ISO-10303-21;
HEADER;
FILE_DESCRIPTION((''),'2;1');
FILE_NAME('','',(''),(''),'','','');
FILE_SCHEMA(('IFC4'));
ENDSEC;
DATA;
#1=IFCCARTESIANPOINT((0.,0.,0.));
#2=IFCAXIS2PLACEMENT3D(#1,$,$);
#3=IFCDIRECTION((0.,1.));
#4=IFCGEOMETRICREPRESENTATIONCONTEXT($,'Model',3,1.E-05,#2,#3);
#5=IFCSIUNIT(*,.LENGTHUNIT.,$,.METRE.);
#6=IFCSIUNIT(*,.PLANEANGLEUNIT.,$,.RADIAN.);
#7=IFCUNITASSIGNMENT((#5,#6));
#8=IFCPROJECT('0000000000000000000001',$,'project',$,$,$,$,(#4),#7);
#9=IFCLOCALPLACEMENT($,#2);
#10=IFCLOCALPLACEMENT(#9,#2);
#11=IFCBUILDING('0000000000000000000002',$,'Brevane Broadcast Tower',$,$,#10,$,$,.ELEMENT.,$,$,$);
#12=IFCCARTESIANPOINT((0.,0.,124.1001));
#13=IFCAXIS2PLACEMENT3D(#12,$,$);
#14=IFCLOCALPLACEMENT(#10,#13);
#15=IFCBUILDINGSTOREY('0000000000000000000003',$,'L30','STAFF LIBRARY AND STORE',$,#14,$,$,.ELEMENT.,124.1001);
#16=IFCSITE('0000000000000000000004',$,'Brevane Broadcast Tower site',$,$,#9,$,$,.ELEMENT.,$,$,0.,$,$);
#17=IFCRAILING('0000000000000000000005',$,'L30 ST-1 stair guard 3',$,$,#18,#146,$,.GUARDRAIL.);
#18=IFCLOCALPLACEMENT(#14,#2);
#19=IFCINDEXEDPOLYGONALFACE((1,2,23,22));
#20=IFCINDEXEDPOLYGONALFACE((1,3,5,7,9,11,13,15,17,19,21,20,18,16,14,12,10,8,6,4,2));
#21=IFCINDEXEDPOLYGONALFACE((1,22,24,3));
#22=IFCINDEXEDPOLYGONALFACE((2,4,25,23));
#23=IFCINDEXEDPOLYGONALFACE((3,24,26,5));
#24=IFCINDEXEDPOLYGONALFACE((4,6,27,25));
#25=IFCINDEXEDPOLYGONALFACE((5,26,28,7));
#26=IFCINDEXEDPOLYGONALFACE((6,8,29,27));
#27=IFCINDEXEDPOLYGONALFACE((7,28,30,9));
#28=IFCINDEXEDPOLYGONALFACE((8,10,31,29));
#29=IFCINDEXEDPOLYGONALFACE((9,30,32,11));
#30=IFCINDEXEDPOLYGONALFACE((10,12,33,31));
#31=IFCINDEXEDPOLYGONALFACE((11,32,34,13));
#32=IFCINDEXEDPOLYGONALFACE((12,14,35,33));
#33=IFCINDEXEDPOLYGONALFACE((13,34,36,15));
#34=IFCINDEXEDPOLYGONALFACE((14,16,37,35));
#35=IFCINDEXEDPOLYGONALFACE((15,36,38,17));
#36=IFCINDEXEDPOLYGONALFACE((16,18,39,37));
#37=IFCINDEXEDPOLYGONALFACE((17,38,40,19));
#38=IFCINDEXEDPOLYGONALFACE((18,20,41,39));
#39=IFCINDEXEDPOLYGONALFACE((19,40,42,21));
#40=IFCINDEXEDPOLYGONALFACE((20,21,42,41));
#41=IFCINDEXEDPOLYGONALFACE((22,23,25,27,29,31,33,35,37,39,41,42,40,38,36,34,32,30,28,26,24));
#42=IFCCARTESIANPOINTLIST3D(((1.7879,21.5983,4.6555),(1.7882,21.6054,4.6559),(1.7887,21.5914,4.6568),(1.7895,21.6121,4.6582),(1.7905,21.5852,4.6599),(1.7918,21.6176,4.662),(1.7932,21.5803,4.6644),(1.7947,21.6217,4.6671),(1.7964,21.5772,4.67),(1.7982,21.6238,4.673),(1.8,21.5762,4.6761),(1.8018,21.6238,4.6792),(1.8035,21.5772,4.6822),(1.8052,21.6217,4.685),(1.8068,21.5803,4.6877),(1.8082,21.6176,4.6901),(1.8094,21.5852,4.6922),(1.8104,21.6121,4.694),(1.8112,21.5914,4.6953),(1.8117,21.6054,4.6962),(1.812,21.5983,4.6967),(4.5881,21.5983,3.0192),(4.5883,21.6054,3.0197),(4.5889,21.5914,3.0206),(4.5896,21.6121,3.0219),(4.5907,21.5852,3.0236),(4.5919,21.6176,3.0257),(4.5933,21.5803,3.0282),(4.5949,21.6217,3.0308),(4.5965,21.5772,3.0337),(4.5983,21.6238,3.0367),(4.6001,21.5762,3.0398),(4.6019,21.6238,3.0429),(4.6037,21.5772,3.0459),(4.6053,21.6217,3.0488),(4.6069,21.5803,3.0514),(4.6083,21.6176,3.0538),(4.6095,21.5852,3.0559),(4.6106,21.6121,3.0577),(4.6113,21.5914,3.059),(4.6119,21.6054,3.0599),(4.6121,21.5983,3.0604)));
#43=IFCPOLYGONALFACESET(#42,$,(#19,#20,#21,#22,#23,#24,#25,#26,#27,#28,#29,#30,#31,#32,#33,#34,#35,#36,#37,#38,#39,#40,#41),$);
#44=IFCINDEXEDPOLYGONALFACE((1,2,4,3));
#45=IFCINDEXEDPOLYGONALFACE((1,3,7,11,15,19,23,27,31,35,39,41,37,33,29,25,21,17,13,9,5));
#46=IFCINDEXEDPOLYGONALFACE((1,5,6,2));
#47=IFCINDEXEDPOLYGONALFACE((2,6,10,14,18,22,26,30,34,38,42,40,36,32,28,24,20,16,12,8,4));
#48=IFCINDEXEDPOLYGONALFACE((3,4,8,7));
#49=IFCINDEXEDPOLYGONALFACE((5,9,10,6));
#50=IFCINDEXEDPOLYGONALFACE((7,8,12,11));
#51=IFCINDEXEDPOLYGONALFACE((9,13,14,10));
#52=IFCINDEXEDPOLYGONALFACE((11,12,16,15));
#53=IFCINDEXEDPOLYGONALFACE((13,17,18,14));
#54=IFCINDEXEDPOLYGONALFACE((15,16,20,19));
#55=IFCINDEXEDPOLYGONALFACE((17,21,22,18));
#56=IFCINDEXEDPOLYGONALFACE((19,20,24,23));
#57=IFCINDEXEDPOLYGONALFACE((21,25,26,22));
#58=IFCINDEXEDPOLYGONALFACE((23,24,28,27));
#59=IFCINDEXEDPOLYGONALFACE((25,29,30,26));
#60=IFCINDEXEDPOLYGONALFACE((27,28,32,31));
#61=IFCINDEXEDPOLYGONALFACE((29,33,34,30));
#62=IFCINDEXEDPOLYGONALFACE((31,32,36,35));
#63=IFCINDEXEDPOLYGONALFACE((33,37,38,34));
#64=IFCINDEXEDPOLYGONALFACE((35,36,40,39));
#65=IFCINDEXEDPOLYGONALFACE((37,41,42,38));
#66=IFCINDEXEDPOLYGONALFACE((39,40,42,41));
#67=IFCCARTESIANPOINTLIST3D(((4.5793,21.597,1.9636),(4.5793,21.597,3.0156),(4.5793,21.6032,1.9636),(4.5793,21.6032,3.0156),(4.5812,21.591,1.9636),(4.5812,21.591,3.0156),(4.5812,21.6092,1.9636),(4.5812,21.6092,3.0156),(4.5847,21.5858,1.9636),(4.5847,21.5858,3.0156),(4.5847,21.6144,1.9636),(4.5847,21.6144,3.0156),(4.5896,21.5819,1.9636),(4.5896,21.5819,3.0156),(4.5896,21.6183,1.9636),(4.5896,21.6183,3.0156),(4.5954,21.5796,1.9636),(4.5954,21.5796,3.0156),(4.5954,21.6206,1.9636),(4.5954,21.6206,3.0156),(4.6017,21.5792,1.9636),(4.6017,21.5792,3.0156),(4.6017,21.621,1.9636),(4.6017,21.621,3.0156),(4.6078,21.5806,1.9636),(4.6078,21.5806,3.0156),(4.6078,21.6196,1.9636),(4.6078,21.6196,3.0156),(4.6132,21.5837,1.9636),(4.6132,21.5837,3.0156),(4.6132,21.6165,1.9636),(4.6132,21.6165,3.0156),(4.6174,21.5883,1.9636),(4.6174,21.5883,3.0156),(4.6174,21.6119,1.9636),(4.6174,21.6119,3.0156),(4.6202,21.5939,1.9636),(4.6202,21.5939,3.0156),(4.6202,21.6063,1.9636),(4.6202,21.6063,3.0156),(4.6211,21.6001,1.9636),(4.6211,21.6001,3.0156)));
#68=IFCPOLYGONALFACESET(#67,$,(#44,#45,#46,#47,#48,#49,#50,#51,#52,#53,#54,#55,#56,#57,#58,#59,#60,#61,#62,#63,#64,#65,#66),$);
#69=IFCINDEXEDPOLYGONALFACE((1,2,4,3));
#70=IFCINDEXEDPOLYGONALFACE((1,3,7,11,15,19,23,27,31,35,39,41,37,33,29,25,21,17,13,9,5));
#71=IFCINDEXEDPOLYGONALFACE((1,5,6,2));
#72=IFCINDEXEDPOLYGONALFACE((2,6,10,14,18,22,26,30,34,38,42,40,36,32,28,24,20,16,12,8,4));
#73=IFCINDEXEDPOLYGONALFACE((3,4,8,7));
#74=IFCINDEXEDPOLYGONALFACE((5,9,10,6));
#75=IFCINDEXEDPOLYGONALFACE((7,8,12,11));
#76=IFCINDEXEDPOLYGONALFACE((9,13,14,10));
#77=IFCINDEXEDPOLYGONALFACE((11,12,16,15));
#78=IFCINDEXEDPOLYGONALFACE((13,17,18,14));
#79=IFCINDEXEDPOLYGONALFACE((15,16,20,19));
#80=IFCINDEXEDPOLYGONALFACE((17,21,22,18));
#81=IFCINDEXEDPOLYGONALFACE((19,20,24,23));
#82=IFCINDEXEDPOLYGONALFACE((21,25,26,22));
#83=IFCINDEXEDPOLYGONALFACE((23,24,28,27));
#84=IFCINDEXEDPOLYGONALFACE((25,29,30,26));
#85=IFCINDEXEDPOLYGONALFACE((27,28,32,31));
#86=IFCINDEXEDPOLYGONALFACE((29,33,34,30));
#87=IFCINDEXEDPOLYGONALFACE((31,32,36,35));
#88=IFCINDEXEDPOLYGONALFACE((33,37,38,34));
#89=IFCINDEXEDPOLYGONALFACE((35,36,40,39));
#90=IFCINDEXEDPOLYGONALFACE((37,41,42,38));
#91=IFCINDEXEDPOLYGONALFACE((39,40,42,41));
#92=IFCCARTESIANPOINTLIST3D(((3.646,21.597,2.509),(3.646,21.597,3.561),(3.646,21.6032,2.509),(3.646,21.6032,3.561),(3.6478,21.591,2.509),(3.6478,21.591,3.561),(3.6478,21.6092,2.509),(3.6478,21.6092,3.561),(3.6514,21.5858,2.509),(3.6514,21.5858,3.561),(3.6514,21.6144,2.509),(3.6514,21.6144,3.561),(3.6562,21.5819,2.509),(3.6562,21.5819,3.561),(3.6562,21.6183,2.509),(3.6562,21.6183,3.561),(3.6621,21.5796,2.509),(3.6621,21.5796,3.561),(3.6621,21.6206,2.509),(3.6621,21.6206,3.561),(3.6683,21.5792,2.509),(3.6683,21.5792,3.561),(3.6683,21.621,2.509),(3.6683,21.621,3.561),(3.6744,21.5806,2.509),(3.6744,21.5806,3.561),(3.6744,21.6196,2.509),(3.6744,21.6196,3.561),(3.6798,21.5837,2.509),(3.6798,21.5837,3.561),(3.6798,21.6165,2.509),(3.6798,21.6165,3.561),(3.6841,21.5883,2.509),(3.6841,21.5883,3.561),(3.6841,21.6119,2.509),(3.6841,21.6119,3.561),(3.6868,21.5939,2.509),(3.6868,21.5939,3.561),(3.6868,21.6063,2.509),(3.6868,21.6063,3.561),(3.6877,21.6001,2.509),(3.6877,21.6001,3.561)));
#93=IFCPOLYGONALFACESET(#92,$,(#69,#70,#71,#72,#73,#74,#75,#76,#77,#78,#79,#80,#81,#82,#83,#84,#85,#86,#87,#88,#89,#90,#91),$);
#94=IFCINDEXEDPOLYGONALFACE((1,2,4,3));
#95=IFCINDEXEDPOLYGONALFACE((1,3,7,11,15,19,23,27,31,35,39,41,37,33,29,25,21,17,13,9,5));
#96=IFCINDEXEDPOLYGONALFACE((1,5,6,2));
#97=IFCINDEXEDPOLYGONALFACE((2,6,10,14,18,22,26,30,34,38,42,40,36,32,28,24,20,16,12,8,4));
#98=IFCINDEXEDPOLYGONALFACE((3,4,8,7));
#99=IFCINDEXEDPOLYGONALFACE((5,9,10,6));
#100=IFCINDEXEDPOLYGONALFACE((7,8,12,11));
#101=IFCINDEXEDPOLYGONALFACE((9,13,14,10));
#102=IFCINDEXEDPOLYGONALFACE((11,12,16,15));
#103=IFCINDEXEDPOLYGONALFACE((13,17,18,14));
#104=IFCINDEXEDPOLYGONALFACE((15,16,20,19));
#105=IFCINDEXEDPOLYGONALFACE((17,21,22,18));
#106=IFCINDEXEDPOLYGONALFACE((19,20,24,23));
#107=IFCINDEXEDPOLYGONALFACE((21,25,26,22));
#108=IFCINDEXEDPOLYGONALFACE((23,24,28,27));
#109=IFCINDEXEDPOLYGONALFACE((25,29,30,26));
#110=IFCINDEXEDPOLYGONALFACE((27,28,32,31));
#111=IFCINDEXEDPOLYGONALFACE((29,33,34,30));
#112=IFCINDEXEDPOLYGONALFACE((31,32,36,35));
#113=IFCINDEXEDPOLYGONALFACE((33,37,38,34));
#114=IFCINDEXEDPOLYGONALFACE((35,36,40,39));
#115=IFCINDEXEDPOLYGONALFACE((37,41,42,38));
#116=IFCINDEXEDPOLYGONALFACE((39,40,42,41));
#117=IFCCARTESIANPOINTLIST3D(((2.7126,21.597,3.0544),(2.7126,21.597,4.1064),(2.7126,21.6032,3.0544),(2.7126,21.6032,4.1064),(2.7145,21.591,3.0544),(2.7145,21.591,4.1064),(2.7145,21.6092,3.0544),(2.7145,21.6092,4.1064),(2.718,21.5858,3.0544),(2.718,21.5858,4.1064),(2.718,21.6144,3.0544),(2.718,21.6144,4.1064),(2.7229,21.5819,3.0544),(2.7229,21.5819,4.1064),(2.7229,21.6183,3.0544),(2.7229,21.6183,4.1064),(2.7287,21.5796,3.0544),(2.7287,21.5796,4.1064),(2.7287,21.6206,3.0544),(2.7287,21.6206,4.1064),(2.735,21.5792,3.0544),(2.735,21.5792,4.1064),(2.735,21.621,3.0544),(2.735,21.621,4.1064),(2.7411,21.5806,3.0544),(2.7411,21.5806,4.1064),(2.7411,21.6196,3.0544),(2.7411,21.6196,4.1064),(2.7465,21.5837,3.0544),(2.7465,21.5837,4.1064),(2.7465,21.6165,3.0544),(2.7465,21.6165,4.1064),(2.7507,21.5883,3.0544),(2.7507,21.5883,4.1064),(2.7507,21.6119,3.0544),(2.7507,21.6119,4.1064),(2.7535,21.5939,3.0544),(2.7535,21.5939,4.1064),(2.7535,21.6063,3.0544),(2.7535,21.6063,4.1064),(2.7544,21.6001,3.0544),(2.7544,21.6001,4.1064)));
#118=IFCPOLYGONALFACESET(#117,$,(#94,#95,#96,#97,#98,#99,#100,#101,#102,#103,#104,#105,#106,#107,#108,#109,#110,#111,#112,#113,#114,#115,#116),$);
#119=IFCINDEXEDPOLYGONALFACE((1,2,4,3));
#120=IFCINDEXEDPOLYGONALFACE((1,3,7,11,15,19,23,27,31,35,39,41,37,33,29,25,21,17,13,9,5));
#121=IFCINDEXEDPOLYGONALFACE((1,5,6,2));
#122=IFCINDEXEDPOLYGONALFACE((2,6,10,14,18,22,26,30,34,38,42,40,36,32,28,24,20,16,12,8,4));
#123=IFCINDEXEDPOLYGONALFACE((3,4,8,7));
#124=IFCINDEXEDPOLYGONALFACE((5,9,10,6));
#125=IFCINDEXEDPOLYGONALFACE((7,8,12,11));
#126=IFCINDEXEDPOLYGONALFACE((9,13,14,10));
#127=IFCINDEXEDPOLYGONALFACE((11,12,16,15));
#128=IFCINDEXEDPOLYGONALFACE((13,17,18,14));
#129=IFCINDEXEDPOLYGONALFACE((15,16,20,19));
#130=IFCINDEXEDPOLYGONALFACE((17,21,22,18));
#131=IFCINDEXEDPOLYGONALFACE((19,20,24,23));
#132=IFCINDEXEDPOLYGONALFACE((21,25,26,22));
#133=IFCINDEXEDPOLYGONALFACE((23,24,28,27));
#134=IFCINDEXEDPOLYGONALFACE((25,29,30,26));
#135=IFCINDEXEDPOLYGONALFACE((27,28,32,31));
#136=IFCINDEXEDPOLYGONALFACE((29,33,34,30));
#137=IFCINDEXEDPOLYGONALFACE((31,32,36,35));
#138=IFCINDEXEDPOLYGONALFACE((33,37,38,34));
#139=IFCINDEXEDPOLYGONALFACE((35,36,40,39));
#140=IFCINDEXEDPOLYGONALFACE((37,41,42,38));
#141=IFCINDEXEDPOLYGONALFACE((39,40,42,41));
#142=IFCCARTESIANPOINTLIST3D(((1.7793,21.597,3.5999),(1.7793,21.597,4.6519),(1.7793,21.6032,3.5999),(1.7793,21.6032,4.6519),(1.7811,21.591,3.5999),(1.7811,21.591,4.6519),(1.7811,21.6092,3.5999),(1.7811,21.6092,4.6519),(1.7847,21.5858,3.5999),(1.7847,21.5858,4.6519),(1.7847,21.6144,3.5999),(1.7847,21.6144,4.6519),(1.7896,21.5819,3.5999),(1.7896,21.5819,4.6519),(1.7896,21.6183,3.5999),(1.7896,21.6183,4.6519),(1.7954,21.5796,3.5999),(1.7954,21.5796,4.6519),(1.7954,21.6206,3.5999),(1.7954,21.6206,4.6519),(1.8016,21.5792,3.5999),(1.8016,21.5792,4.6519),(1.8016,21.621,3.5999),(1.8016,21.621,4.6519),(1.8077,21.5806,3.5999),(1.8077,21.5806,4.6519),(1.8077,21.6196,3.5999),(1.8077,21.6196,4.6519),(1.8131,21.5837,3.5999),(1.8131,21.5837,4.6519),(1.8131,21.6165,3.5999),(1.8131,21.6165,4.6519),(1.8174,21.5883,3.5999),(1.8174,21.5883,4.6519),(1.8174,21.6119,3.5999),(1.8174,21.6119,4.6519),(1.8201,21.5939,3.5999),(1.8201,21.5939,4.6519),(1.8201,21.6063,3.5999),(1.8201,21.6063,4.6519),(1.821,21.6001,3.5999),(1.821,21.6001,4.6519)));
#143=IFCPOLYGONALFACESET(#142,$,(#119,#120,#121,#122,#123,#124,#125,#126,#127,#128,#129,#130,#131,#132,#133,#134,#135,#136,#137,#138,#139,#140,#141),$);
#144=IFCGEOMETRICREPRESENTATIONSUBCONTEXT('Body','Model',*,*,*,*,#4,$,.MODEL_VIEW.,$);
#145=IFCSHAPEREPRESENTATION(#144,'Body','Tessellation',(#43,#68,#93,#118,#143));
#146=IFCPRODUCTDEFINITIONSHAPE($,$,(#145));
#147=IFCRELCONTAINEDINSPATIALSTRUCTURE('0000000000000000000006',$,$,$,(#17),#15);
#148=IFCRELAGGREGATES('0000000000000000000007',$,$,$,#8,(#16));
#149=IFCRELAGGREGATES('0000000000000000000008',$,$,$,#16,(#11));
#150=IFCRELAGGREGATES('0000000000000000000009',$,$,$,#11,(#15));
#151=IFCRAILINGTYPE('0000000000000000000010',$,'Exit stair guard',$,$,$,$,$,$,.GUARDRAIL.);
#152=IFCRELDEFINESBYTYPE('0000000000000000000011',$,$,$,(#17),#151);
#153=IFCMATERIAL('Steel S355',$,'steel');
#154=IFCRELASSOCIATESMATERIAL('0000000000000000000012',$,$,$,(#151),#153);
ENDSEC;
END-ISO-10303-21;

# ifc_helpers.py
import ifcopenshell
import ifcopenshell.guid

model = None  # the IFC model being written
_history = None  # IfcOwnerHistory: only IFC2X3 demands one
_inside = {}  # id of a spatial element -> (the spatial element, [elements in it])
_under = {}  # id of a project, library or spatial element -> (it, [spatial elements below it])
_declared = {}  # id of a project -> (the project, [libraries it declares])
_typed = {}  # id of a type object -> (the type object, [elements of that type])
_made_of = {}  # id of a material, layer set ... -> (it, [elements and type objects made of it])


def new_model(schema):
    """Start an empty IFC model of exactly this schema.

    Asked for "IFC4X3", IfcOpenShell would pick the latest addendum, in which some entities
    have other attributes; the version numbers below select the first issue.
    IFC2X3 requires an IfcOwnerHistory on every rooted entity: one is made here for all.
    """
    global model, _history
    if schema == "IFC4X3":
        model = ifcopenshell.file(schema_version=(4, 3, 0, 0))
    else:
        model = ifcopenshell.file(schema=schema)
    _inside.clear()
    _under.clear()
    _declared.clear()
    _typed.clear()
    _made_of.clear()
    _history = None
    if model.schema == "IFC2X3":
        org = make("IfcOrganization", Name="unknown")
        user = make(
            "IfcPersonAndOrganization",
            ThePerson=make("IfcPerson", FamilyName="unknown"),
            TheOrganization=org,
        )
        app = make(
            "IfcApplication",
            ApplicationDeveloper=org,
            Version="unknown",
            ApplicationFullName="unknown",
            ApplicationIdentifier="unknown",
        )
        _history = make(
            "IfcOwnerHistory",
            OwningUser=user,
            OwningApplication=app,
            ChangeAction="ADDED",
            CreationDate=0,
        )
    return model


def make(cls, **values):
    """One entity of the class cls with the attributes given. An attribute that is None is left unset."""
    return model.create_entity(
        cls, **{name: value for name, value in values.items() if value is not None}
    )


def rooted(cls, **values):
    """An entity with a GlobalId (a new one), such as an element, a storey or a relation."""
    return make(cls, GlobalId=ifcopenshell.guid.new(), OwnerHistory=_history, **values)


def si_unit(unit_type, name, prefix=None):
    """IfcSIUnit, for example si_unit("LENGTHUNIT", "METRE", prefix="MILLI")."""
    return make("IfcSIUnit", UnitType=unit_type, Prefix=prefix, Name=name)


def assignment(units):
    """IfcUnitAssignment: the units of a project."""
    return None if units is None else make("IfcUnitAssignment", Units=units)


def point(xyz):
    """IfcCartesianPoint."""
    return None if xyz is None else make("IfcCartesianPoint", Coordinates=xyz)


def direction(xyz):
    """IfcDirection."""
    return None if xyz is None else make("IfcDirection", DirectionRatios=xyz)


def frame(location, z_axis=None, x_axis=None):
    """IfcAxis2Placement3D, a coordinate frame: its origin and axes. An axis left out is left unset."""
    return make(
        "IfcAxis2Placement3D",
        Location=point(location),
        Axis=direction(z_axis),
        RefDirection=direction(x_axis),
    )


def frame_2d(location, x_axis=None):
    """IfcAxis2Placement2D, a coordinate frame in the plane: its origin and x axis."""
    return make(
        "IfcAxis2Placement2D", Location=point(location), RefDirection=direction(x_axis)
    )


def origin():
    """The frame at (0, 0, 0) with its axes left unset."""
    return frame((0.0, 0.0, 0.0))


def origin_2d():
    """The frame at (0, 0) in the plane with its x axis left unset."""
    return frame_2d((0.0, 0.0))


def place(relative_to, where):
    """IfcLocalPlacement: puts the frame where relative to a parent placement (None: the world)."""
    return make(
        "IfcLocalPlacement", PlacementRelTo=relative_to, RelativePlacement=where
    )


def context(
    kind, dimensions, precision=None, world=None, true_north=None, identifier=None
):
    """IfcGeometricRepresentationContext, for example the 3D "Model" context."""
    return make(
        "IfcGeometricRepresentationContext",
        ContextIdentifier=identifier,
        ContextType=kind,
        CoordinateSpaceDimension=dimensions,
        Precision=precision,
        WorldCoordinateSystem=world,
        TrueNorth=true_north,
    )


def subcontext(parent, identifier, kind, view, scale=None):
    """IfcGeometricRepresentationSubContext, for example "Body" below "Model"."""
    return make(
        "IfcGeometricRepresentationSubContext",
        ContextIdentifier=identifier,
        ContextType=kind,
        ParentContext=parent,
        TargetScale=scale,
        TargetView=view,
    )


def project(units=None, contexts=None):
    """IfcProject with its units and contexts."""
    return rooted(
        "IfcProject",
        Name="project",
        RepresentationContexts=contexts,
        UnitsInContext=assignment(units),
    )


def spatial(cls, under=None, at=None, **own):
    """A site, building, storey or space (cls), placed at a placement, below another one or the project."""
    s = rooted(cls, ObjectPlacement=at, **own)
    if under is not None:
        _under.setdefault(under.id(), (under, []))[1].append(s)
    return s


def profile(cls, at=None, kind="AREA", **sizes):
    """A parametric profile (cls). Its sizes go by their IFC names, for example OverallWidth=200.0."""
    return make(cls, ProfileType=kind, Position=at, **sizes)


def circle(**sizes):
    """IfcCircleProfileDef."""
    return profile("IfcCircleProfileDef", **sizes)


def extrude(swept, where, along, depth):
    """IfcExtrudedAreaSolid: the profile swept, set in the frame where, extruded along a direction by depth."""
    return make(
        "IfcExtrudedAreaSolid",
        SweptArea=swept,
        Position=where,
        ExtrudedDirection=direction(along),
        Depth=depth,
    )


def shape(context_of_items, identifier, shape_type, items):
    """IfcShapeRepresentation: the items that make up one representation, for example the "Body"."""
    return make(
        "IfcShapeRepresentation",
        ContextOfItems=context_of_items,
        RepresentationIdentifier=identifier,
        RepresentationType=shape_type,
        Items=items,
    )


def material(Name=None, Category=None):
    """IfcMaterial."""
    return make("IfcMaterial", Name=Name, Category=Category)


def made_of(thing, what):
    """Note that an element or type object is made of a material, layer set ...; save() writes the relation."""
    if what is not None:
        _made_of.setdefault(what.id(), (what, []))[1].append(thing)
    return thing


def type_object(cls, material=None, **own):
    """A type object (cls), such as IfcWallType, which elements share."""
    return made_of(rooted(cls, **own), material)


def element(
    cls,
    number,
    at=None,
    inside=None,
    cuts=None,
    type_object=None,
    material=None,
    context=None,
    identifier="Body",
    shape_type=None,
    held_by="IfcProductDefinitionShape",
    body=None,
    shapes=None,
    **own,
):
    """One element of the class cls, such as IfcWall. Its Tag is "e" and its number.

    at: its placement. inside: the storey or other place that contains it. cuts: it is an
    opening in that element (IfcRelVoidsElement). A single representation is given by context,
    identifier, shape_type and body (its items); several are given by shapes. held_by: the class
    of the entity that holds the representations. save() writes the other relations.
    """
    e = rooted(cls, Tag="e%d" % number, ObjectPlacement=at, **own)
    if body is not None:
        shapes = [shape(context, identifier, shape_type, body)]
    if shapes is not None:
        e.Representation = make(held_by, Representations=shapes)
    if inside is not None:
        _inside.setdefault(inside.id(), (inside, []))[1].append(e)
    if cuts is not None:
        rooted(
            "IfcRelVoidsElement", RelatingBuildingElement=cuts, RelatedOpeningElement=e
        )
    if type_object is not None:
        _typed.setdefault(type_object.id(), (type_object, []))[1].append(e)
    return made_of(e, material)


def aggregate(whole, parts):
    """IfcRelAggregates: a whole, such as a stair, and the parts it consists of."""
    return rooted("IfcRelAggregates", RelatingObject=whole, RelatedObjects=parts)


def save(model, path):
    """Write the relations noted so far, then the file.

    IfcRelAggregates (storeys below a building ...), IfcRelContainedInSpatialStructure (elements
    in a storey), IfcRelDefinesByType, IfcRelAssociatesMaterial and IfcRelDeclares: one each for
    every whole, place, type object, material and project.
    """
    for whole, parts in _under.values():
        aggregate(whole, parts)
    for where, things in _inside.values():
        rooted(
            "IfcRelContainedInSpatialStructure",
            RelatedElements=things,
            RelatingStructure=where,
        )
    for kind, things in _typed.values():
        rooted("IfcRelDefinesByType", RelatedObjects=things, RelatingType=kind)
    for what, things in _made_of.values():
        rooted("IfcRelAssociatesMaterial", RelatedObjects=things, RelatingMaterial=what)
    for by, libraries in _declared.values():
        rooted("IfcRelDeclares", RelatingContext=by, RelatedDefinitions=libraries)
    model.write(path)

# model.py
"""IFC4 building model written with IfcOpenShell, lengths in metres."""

from ifc_helpers import new_model, si_unit, direction, frame, origin, origin_2d, place, context, subcontext, project, spatial, circle, extrude, material, type_object, element, save


model = new_model("IFC4")

# Units and contexts
model_context = context("Model", 3, precision=1e-05, world=origin(), true_north=direction((0.0, 1.0)))
body_context = subcontext(model_context, "Body", "Model", "MODEL_VIEW")
ifc_project = project(units=[si_unit("LENGTHUNIT", "METRE"), si_unit("PLANEANGLEUNIT", "RADIAN")], contexts=[model_context])

# Site, building, storey
site_placement = place(None, origin())
site = spatial("IfcSite", under=ifc_project, at=site_placement, Name="Brevane Broadcast Tower site", CompositionType="ELEMENT", RefElevation=0.0)
building_placement = place(site_placement, origin())
building = spatial("IfcBuilding", under=site, at=building_placement, Name="Brevane Broadcast Tower", CompositionType="ELEMENT")
storey_placement = place(building_placement, frame((0.0, 0.0, 124.1001)))
storey = spatial("IfcBuildingStorey", under=building, at=storey_placement, Name="L30", Description="STAFF LIBRARY AND STORE", CompositionType="ELEMENT", Elevation=124.1001)

# Railing
ifc_material_1 = material(Name="Steel S355", Category="steel")
railing_type_1 = type_object("IfcRailingType", Name="Exit stair guard", PredefinedType="GUARDRAIL", material=ifc_material_1)
railing_1_placement = place(storey_placement, frame((4.6001, 21.6001, 1.9636)))
element("IfcRailing", 1, at=railing_1_placement, inside=storey, type_object=railing_type_1, Name="L30 ST-1 stair guard 3", PredefinedType="GUARDRAIL", context=body_context, shape_type="SweptSolid", body=[
    extrude(circle(Radius=0.0239, at=origin_2d()), frame((0.0, 0.0, 1.0762), z_axis=(-0.863394, 0.0, 0.504531), x_axis=(0.0, -1.0, 0.0)), (0.0, 0.0, 1.0), 3.2432),
    extrude(circle(Radius=0.021, at=origin_2d()), origin(), (0.0, 0.0, 1.0), 1.052),
    extrude(circle(Radius=0.021, at=origin_2d()), frame((-0.9333, 0.0, 0.5454)), (0.0, 0.0, 1.0), 1.052),
    extrude(circle(Radius=0.021, at=origin_2d()), frame((-1.8667, 0.0, 1.0908)), (0.0, 0.0, 1.0), 1.052),
    extrude(circle(Radius=0.021, at=origin_2d()), frame((-2.8, 0.0, 1.6362)), (0.0, 0.0, 1.0), 1.052),
])

save(model, "model.ifc")
